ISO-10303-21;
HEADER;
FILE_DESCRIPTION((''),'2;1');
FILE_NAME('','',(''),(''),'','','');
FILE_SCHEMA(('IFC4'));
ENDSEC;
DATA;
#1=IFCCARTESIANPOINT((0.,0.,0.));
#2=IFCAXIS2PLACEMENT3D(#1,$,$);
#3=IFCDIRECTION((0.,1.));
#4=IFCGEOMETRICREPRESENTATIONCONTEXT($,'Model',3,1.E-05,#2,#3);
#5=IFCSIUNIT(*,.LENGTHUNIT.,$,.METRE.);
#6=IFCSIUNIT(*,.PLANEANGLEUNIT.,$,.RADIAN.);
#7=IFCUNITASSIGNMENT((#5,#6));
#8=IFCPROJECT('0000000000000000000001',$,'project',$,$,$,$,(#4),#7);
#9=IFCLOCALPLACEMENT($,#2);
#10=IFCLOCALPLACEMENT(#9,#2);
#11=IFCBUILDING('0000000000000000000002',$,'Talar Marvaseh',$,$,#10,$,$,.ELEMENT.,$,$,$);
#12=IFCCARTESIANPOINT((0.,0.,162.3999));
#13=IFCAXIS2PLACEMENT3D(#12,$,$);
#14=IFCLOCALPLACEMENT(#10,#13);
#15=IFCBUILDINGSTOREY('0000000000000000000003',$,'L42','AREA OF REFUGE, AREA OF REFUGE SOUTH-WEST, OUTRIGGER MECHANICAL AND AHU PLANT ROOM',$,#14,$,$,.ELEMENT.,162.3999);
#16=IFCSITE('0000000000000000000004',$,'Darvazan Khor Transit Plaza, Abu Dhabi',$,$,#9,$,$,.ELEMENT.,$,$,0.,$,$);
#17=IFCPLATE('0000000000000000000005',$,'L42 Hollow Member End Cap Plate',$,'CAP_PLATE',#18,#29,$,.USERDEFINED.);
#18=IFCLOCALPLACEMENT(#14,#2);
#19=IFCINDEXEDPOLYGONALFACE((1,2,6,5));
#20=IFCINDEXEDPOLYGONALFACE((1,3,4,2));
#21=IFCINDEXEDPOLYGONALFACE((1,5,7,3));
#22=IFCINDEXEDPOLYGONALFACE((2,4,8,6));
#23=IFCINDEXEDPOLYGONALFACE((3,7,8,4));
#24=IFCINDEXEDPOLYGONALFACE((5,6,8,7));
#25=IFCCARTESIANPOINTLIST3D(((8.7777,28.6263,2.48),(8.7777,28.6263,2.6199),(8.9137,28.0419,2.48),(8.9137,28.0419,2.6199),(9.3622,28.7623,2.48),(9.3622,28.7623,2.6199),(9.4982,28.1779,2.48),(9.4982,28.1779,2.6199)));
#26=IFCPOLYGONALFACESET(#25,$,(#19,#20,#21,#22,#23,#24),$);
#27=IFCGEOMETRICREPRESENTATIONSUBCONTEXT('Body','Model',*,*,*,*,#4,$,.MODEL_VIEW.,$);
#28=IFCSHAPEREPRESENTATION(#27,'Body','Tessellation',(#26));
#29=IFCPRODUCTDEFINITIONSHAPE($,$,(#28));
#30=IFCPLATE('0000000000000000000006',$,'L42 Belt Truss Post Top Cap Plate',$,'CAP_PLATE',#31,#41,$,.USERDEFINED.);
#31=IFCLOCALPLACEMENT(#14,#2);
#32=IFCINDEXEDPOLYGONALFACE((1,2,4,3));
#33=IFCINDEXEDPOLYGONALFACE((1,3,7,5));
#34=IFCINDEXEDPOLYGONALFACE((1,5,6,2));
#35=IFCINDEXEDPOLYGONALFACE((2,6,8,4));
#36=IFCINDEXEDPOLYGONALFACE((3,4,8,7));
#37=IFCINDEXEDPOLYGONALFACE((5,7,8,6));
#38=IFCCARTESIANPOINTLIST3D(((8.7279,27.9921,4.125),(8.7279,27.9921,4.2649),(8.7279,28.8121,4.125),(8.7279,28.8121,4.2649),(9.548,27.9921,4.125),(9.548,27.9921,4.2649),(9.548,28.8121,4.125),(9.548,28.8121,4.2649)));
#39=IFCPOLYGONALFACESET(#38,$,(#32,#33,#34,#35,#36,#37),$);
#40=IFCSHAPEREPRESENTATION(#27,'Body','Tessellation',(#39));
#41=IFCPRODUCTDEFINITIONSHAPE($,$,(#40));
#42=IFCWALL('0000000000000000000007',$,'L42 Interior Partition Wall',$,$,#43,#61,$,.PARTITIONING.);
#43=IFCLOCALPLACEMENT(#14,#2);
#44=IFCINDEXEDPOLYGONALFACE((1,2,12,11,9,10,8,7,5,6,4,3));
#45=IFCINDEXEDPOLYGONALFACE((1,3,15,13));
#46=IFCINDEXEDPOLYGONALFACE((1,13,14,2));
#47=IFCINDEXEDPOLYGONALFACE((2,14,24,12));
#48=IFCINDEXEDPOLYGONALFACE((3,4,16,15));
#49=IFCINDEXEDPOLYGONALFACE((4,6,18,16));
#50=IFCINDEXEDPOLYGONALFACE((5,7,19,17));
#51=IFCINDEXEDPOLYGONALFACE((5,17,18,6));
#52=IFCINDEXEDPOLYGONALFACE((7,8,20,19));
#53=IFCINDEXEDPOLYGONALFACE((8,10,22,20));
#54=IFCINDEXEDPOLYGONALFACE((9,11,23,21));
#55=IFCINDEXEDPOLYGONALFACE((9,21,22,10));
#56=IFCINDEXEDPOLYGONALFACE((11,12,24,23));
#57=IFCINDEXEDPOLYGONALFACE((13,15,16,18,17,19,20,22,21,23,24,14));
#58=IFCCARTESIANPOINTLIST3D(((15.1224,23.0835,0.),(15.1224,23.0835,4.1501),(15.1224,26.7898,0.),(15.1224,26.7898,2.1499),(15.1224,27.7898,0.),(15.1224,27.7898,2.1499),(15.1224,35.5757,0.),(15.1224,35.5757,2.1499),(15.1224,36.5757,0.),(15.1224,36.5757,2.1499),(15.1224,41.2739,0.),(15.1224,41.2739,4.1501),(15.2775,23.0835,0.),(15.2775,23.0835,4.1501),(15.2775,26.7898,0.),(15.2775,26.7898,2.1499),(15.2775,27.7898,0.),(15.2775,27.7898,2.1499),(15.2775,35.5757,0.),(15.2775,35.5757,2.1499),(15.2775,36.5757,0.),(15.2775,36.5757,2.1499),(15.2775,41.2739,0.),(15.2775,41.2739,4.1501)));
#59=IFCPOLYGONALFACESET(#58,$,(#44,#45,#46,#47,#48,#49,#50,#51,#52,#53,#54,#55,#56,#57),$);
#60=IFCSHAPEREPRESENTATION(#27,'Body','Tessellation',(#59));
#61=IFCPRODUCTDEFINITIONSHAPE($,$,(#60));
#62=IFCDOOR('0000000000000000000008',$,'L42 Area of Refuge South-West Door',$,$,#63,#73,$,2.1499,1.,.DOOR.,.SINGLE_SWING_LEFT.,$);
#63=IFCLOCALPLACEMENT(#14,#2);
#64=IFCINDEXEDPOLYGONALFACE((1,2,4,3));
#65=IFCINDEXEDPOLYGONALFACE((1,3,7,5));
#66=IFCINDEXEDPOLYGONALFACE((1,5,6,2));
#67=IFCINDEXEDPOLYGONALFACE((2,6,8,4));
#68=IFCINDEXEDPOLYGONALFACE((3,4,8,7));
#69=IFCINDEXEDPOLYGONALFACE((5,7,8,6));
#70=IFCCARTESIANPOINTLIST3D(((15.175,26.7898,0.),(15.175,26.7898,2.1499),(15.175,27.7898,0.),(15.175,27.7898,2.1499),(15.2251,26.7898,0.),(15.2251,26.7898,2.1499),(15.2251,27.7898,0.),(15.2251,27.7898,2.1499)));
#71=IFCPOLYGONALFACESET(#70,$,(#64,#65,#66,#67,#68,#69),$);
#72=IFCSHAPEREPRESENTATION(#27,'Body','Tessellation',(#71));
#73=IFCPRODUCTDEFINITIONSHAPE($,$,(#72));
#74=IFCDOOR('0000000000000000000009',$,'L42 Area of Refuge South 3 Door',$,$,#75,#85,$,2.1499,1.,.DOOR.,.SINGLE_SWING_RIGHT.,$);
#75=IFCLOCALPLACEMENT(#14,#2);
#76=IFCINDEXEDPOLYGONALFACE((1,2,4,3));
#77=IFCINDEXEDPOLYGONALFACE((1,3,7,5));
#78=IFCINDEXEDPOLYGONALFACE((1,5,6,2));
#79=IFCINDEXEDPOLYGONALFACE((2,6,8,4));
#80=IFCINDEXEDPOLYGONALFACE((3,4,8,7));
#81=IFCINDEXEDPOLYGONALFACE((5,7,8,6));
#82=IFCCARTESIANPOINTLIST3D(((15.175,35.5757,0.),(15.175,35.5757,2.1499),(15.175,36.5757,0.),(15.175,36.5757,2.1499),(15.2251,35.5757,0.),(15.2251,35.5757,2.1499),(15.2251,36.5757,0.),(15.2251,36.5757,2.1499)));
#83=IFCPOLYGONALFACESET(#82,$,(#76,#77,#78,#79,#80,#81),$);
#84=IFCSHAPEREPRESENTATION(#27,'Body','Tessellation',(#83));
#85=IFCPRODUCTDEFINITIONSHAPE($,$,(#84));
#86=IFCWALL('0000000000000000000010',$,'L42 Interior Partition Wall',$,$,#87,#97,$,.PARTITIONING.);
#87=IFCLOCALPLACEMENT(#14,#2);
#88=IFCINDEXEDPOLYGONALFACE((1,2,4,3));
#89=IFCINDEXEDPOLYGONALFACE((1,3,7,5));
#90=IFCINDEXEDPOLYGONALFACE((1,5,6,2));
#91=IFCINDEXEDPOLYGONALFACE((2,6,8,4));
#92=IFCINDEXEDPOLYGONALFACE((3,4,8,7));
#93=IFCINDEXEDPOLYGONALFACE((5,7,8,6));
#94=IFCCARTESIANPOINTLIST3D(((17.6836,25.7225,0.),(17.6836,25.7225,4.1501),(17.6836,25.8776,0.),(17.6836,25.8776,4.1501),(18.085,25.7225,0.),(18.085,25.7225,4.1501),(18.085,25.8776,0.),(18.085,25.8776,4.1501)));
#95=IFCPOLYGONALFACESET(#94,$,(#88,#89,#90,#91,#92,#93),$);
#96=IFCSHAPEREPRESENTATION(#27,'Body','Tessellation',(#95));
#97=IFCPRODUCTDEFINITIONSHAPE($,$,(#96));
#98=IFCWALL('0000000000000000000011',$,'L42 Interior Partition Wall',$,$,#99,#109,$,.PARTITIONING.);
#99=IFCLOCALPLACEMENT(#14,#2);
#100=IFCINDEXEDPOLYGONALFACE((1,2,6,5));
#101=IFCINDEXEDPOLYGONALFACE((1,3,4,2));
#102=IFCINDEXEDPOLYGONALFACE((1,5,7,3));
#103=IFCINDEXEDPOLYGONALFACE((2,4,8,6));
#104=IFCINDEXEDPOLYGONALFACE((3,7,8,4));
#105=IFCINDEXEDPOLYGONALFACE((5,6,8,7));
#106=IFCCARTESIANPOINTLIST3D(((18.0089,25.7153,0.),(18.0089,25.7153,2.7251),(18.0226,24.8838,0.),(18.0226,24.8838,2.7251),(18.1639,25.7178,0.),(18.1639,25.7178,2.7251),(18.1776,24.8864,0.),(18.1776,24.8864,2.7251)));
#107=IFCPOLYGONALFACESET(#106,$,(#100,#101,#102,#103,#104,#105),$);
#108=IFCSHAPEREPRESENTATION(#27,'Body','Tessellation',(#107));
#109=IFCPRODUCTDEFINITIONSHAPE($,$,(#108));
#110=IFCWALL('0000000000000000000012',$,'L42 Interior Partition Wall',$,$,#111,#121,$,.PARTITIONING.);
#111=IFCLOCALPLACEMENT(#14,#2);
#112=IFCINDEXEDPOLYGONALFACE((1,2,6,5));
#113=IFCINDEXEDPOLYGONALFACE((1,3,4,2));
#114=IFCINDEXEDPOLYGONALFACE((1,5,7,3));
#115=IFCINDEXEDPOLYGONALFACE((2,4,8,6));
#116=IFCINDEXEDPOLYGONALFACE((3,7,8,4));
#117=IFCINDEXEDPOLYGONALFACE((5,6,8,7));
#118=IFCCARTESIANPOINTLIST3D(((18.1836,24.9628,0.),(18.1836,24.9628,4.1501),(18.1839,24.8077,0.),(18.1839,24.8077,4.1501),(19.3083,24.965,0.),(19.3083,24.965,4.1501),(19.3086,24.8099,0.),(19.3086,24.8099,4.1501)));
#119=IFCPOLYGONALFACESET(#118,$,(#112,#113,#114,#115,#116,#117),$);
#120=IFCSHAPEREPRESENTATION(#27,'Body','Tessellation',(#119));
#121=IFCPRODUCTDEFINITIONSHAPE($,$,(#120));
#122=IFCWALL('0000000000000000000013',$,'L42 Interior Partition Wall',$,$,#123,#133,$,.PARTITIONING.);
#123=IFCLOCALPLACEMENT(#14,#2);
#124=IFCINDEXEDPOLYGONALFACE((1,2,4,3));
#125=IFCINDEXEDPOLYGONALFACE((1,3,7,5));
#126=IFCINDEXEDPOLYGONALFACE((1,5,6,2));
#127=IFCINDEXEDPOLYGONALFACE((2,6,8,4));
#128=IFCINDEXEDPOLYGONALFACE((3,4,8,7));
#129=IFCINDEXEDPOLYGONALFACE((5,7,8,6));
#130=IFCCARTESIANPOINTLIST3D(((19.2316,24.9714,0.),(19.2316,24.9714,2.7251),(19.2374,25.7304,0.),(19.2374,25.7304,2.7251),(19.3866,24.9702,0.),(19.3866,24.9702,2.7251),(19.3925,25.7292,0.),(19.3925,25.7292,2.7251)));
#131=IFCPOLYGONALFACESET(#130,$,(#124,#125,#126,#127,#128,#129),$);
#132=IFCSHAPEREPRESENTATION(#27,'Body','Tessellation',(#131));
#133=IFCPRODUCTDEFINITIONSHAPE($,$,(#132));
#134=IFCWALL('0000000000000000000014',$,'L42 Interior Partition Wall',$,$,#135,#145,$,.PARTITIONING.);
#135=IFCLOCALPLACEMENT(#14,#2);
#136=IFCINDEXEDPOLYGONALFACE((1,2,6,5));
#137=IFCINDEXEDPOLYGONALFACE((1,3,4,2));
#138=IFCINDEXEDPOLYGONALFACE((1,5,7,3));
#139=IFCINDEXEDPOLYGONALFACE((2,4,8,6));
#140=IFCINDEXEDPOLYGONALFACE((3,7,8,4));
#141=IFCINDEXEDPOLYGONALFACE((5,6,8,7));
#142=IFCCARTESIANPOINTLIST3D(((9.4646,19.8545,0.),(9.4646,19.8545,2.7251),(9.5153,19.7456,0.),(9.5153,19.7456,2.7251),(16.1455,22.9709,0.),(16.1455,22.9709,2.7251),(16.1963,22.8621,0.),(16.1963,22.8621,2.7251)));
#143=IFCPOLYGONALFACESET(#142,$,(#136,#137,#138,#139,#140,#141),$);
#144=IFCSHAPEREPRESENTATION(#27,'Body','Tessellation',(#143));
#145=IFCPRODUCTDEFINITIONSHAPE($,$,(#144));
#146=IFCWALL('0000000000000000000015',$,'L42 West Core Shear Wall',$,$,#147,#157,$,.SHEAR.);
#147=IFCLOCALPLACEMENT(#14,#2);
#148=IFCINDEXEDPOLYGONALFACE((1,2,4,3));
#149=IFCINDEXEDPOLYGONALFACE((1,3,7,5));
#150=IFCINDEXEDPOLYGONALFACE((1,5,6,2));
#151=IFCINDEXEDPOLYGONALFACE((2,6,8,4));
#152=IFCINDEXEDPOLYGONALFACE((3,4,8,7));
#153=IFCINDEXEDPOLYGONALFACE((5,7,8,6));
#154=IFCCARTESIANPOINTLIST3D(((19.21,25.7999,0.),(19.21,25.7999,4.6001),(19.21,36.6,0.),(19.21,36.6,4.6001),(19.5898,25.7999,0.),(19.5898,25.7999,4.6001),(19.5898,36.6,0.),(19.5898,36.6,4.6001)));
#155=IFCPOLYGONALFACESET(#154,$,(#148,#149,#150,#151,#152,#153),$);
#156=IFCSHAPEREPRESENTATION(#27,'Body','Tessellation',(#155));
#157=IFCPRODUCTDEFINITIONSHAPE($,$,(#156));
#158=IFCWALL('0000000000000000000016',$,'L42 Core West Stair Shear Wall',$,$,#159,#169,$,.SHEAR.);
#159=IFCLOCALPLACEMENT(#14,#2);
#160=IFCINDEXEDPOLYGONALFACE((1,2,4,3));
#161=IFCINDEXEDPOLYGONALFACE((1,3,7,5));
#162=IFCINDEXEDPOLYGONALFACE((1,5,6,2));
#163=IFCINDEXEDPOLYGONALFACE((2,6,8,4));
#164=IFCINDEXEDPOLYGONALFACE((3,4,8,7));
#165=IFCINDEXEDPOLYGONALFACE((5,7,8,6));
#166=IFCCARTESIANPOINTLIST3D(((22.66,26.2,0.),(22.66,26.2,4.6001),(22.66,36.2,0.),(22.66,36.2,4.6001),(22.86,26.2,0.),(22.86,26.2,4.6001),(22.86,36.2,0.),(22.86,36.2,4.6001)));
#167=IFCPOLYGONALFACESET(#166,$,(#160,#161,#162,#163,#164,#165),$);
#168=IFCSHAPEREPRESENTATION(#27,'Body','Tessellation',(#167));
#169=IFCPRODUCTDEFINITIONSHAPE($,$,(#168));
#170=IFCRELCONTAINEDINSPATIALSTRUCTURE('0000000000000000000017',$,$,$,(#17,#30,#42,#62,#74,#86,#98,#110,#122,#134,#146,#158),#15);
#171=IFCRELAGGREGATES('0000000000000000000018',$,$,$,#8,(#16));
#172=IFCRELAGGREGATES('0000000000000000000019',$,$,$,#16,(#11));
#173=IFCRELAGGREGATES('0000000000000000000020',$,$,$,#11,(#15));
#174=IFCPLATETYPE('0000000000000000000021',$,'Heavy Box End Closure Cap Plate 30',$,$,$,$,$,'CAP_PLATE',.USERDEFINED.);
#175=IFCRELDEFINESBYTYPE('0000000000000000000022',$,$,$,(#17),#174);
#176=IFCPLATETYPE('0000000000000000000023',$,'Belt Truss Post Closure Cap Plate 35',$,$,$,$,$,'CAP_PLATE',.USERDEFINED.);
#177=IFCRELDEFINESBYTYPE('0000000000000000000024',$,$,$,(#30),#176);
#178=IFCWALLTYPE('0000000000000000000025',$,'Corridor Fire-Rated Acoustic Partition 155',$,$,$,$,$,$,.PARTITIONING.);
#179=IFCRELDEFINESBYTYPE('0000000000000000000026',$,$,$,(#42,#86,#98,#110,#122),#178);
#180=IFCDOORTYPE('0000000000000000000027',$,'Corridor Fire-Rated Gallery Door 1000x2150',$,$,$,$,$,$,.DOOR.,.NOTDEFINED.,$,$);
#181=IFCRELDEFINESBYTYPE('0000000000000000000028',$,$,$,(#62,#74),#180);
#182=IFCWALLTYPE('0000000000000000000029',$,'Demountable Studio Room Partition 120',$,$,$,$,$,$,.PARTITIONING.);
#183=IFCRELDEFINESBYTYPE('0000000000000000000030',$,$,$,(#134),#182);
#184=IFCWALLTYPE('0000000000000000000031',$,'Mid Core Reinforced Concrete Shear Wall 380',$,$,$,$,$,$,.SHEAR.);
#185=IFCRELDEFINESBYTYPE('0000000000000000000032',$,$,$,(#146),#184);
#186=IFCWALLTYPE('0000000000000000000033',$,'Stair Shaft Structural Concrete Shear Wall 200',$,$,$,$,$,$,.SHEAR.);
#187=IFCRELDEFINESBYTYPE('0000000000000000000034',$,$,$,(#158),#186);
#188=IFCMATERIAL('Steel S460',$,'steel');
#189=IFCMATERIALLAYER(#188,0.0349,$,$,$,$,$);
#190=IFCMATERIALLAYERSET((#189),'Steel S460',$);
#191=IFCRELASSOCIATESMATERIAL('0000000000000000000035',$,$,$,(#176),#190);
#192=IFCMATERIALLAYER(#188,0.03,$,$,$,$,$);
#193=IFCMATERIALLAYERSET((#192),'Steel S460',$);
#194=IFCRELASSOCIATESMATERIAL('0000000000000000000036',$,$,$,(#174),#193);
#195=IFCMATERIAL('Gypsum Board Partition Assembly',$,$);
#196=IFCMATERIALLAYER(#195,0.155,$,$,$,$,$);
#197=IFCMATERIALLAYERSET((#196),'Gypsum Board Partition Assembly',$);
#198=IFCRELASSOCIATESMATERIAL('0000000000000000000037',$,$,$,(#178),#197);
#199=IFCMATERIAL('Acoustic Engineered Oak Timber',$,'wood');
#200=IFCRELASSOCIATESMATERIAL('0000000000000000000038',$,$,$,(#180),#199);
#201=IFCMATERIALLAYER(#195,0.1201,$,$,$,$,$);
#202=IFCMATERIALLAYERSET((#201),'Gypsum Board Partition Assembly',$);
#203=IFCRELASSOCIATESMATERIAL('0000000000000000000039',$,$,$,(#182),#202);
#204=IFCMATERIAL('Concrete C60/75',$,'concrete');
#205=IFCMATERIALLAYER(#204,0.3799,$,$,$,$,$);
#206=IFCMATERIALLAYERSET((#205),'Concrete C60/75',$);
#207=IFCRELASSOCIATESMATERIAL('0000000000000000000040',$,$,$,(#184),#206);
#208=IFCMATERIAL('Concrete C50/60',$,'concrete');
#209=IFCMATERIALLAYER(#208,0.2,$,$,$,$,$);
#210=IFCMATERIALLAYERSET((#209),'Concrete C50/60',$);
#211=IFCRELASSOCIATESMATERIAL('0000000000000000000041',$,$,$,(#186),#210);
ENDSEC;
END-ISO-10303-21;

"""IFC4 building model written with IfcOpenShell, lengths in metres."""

from ifc_helpers import new_model, si_unit, direction, frame, frame_2d, origin, origin_2d, place, context, subcontext, project, spatial, rectangle, extrude, source, transform, mapped, material, layer, layer_set, type_object, type_shapes, element, fill, save


model = new_model("IFC4")

# Units and contexts
model_context = context("Model", 3, precision=1e-05, world=origin(), true_north=direction((0.0, 1.0)))
body_context = subcontext(model_context, "Body", "Model", "MODEL_VIEW")
ifc_project = project(units=[si_unit("LENGTHUNIT", "METRE"), si_unit("PLANEANGLEUNIT", "RADIAN")], contexts=[model_context])

# Site, building, storey
site_placement = place(None, origin())
site = spatial("IfcSite", under=ifc_project, at=site_placement, Name="Darvazan Khor Transit Plaza, Abu Dhabi", CompositionType="ELEMENT", RefElevation=0.0)
building_placement = place(site_placement, origin())
building = spatial("IfcBuilding", under=site, at=building_placement, Name="Talar Marvaseh", CompositionType="ELEMENT")
storey_placement = place(building_placement, frame((0.0, 0.0, 162.3999)))
storey = spatial("IfcBuildingStorey", under=building, at=storey_placement, Name="L42", Description="AREA OF REFUGE, AREA OF REFUGE SOUTH-WEST, OUTRIGGER MECHANICAL AND AHU PLANT ROOM", CompositionType="ELEMENT", Elevation=162.3999)

# Shared definitions
ifc_material_1 = material(Name="Concrete C60/75", Category="concrete")

# Shared definitions
ifc_material_2 = material(Name="Steel S460", Category="steel")

# Plates
ifc_layer_1 = layer(ifc_material_2, 0.0349)
ifc_layer_set_1 = layer_set([ifc_layer_1], Name="Steel S460")
plate_type_1 = type_object("IfcPlateType", Name="Belt Truss Post Closure Cap Plate 35", ElementType="CAP_PLATE", PredefinedType="USERDEFINED", material=ifc_layer_set_1)
ifc_layer_2 = layer(ifc_material_2, 0.03)
ifc_layer_set_2 = layer_set([ifc_layer_2], Name="Steel S460")
plate_type_2 = type_object("IfcPlateType", Name="Heavy Box End Closure Cap Plate 30", ElementType="CAP_PLATE", PredefinedType="USERDEFINED", material=ifc_layer_set_2)
shared_shape_1 = source(origin(), body_context, "Body", "SweptSolid", [
    extrude(rectangle(XDim=0.6001, YDim=0.6001, at=origin_2d()), origin(), (0.0, 0.0, 1.0), 0.1399),
])
type_shapes(plate_type_2, [shared_shape_1])
for number, where, z_axis, x_axis, name in (
    (1, (9.1379, 28.4021, 2.48), (0.0, 0.0, 1.0), (0.973976, 0.226651, 0.0), "L42 Hollow Member End Cap Plate"),
):
    element("IfcPlate", number, at=place(storey_placement, frame(where, z_axis=z_axis, x_axis=x_axis)), inside=storey, type_object=plate_type_2, Name=name, ObjectType="CAP_PLATE", PredefinedType="USERDEFINED", context=body_context, shape_type="MappedRepresentation", body=[
        mapped(shared_shape_1, transform((0.0, 0.0, 0.0), x_axis=(1.0, 0.0, 0.0), y_axis=(0.0, 1.0, 0.0), z_axis=(0.0, 0.0, 1.0), scale=1.0)),
    ])
shared_shape_2 = source(origin(), body_context, "Body", "SweptSolid", [
    extrude(rectangle(XDim=0.8201, YDim=0.8201, at=origin_2d()), origin(), (0.0, 0.0, 1.0), 0.1399),
])
plate_1_placement = place(storey_placement, frame((9.1379, 28.4021, 4.125), z_axis=(0.0, 0.0, 1.0), x_axis=(1.0, 0.0, 0.0)))
element("IfcPlate", 2, at=plate_1_placement, inside=storey, type_object=plate_type_1, Name="L42 Belt Truss Post Top Cap Plate", ObjectType="CAP_PLATE", PredefinedType="USERDEFINED", context=body_context, shape_type="MappedRepresentation", body=[
    mapped(shared_shape_2, transform((0.0, 0.0, 0.0), x_axis=(1.0, 0.0, 0.0), y_axis=(0.0, 1.0, 0.0), z_axis=(0.0, 0.0, 1.0), scale=1.0)),
])

# Wall, openings, doors
ifc_material_3 = material(Name="Gypsum Board Partition Assembly")
ifc_layer_3 = layer(ifc_material_3, 0.155)
ifc_layer_set_3 = layer_set([ifc_layer_3], Name="Gypsum Board Partition Assembly")
wall_type_1 = type_object("IfcWallType", Name="Corridor Fire-Rated Acoustic Partition 155", PredefinedType="PARTITIONING", material=ifc_layer_set_3)
wall_1_placement = place(storey_placement, frame((15.2, 23.0835, 0.0), z_axis=(0.0, 0.0, 1.0), x_axis=(0.0, 1.0, 0.0)))
wall_1 = element("IfcWall", 3, at=wall_1_placement, inside=storey, type_object=wall_type_1, Name="L42 Interior Partition Wall", PredefinedType="PARTITIONING", context=body_context, shape_type="SweptSolid", body=[
    extrude(rectangle(XDim=18.1904, YDim=0.155, at=frame_2d((9.0952, 0.0))), origin(), (0.0, 0.0, 1.0), 4.1501),
])
opening_1_placement = place(wall_1_placement, frame((3.7063, 0.0, 0.0)))
opening_1 = element("IfcOpeningElement", 4, at=opening_1_placement, cuts=wall_1, PredefinedType="OPENING", context=body_context, shape_type="SweptSolid", body=[
    extrude(rectangle(XDim=1.0, YDim=2.1499, at=frame_2d((0.5, 1.075))), frame((0.0, 0.0874, 0.0), z_axis=(0.0, -1.0, 0.0), x_axis=(1.0, 0.0, 0.0)), (0.0, 0.0, 1.0), 0.175),
])
opening_2_placement = place(wall_1_placement, frame((12.4922, 0.0, 0.0)))
opening_2 = element("IfcOpeningElement", 5, at=opening_2_placement, cuts=wall_1, PredefinedType="OPENING", context=body_context, shape_type="SweptSolid", body=[
    extrude(rectangle(XDim=1.0, YDim=2.1499, at=frame_2d((0.5, 1.075))), frame((0.0, 0.0874, 0.0), z_axis=(0.0, -1.0, 0.0), x_axis=(1.0, 0.0, 0.0)), (0.0, 0.0, 1.0), 0.175),
])
ifc_material_4 = material(Name="Acoustic Engineered Oak Timber", Category="wood")
door_type = type_object("IfcDoorType", Name="Corridor Fire-Rated Gallery Door 1000x2150", OperationType="NOTDEFINED", PredefinedType="DOOR", material=ifc_material_4)
shared_shape_3 = source(origin(), body_context, "Body", "SweptSolid", [
    extrude(rectangle(XDim=1.0, YDim=2.1499, at=frame_2d((0.5, 1.075))), frame((0.0, 0.0249, 0.0), z_axis=(0.0, -1.0, 0.0), x_axis=(1.0, 0.0, 0.0)), (0.0, 0.0, 1.0), 0.05),
])
type_shapes(door_type, [shared_shape_3])
door_1_placement = place(opening_1_placement, origin())
door_1 = element("IfcDoor", 6, at=door_1_placement, inside=storey, type_object=door_type, Name="L42 Area of Refuge South-West Door", OperationType="SINGLE_SWING_LEFT", OverallHeight=2.1499, OverallWidth=1.0, PredefinedType="DOOR", context=body_context, shape_type="MappedRepresentation", body=[
    mapped(shared_shape_3, transform((0.0, 0.0, 0.0), x_axis=(1.0, 0.0, 0.0), y_axis=(0.0, 1.0, 0.0), z_axis=(0.0, 0.0, 1.0), scale=1.0)),
])
fill(opening_1, door_1)
door_2_placement = place(opening_2_placement, origin())
door_2 = element("IfcDoor", 7, at=door_2_placement, inside=storey, type_object=door_type, Name="L42 Area of Refuge South 3 Door", OperationType="SINGLE_SWING_RIGHT", OverallHeight=2.1499, OverallWidth=1.0, PredefinedType="DOOR", context=body_context, shape_type="MappedRepresentation", body=[
    mapped(shared_shape_3, transform((0.0, 0.0, 0.0), x_axis=(1.0, 0.0, 0.0), y_axis=(0.0, 1.0, 0.0), z_axis=(0.0, 0.0, 1.0), scale=1.0)),
])
fill(opening_2, door_2)

# Walls
wall_2_placement = place(storey_placement, frame((17.6836, 25.8, 0.0), z_axis=(0.0, 0.0, 1.0), x_axis=(1.0, 0.0, 0.0)))
element("IfcWall", 8, at=wall_2_placement, inside=storey, type_object=wall_type_1, Name="L42 Interior Partition Wall", PredefinedType="PARTITIONING", context=body_context, shape_type="SweptSolid", body=[
    extrude(rectangle(XDim=0.4014, YDim=0.155, at=frame_2d((0.2007, 0.0))), origin(), (0.0, 0.0, 1.0), 4.1501),
])
wall_3_placement = place(storey_placement, frame((18.0864, 25.7166, 0.0), z_axis=(0.0, 0.0, 1.0), x_axis=(0.016439, -0.999865, 0.0)))
element("IfcWall", 9, at=wall_3_placement, inside=storey, type_object=wall_type_1, Name="L42 Interior Partition Wall", PredefinedType="PARTITIONING", context=body_context, shape_type="SweptSolid", body=[
    extrude(rectangle(XDim=0.8315, YDim=0.155, at=frame_2d((0.4158, 0.0))), origin(), (0.0, 0.0, 1.0), 2.7251),
])
wall_4_placement = place(storey_placement, frame((18.1836, 24.8853, 0.0), z_axis=(0.0, 0.0, 1.0), x_axis=(0.999998, 0.001954, 0.0)))
element("IfcWall", 10, at=wall_4_placement, inside=storey, type_object=wall_type_1, Name="L42 Interior Partition Wall", PredefinedType="PARTITIONING", context=body_context, shape_type="SweptSolid", body=[
    extrude(rectangle(XDim=1.1248, YDim=0.155, at=frame_2d((0.5625, 0.0))), origin(), (0.0, 0.0, 1.0), 4.1501),
])
wall_5_placement = place(storey_placement, frame((19.3091, 24.9709, 0.0), z_axis=(0.0, 0.0, 1.0), x_axis=(0.007719, 0.99997, 0.0)))
element("IfcWall", 11, at=wall_5_placement, inside=storey, type_object=wall_type_1, Name="L42 Interior Partition Wall", PredefinedType="PARTITIONING", context=body_context, shape_type="SweptSolid", body=[
    extrude(rectangle(XDim=0.759, YDim=0.155, at=frame_2d((0.3794, 0.0))), origin(), (0.0, 0.0, 1.0), 2.7251),
])
ifc_layer_4 = layer(ifc_material_3, 0.1201)
ifc_layer_set_4 = layer_set([ifc_layer_4], Name="Gypsum Board Partition Assembly")
wall_type_2 = type_object("IfcWallType", Name="Demountable Studio Room Partition 120", PredefinedType="PARTITIONING", material=ifc_layer_set_4)
wall_6_placement = place(storey_placement, frame((16.1709, 22.9165, 0.0), z_axis=(0.0, 0.0, 1.0), x_axis=(-0.906251, -0.42274, 0.0)))
element("IfcWall", 12, at=wall_6_placement, inside=storey, type_object=wall_type_2, Name="L42 Interior Partition Wall", PredefinedType="PARTITIONING", context=body_context, shape_type="SweptSolid", body=[
    extrude(rectangle(XDim=7.3721, YDim=0.1201, at=frame_2d((3.686, 0.0))), origin(), (0.0, 0.0, 1.0), 2.7251),
])
ifc_layer_5 = layer(ifc_material_1, 0.3799)
ifc_layer_set_5 = layer_set([ifc_layer_5], Name="Concrete C60/75")
wall_type_3 = type_object("IfcWallType", Name="Mid Core Reinforced Concrete Shear Wall 380", PredefinedType="SHEAR", material=ifc_layer_set_5)
wall_7_placement = place(storey_placement, frame((19.3999, 25.8, 0.0), z_axis=(0.0, 0.0, 1.0), x_axis=(0.0, 1.0, 0.0)))
element("IfcWall", 13, at=wall_7_placement, inside=storey, type_object=wall_type_3, Name="L42 West Core Shear Wall", PredefinedType="SHEAR", context=body_context, shape_type="SweptSolid", body=[
    extrude(rectangle(XDim=10.8, YDim=0.3799, at=frame_2d((5.3999, 0.0))), origin(), (0.0, 0.0, 1.0), 4.6001),
])
ifc_material_5 = material(Name="Concrete C50/60", Category="concrete")
ifc_layer_6 = layer(ifc_material_5, 0.2)
ifc_layer_set_6 = layer_set([ifc_layer_6], Name="Concrete C50/60")
wall_type_4 = type_object("IfcWallType", Name="Stair Shaft Structural Concrete Shear Wall 200", PredefinedType="SHEAR", material=ifc_layer_set_6)
wall_8_placement = place(storey_placement, frame((22.76, 26.2, 0.0), z_axis=(0.0, 0.0, 1.0), x_axis=(0.0, 1.0, 0.0)))
element("IfcWall", 14, at=wall_8_placement, inside=storey, type_object=wall_type_4, Name="L42 Core West Stair Shear Wall", PredefinedType="SHEAR", context=body_context, shape_type="SweptSolid", body=[
    extrude(rectangle(XDim=10.0, YDim=0.2, at=frame_2d((5.0, 0.0))), origin(), (0.0, 0.0, 1.0), 4.6001),
])

save(model, "model.ifc")
